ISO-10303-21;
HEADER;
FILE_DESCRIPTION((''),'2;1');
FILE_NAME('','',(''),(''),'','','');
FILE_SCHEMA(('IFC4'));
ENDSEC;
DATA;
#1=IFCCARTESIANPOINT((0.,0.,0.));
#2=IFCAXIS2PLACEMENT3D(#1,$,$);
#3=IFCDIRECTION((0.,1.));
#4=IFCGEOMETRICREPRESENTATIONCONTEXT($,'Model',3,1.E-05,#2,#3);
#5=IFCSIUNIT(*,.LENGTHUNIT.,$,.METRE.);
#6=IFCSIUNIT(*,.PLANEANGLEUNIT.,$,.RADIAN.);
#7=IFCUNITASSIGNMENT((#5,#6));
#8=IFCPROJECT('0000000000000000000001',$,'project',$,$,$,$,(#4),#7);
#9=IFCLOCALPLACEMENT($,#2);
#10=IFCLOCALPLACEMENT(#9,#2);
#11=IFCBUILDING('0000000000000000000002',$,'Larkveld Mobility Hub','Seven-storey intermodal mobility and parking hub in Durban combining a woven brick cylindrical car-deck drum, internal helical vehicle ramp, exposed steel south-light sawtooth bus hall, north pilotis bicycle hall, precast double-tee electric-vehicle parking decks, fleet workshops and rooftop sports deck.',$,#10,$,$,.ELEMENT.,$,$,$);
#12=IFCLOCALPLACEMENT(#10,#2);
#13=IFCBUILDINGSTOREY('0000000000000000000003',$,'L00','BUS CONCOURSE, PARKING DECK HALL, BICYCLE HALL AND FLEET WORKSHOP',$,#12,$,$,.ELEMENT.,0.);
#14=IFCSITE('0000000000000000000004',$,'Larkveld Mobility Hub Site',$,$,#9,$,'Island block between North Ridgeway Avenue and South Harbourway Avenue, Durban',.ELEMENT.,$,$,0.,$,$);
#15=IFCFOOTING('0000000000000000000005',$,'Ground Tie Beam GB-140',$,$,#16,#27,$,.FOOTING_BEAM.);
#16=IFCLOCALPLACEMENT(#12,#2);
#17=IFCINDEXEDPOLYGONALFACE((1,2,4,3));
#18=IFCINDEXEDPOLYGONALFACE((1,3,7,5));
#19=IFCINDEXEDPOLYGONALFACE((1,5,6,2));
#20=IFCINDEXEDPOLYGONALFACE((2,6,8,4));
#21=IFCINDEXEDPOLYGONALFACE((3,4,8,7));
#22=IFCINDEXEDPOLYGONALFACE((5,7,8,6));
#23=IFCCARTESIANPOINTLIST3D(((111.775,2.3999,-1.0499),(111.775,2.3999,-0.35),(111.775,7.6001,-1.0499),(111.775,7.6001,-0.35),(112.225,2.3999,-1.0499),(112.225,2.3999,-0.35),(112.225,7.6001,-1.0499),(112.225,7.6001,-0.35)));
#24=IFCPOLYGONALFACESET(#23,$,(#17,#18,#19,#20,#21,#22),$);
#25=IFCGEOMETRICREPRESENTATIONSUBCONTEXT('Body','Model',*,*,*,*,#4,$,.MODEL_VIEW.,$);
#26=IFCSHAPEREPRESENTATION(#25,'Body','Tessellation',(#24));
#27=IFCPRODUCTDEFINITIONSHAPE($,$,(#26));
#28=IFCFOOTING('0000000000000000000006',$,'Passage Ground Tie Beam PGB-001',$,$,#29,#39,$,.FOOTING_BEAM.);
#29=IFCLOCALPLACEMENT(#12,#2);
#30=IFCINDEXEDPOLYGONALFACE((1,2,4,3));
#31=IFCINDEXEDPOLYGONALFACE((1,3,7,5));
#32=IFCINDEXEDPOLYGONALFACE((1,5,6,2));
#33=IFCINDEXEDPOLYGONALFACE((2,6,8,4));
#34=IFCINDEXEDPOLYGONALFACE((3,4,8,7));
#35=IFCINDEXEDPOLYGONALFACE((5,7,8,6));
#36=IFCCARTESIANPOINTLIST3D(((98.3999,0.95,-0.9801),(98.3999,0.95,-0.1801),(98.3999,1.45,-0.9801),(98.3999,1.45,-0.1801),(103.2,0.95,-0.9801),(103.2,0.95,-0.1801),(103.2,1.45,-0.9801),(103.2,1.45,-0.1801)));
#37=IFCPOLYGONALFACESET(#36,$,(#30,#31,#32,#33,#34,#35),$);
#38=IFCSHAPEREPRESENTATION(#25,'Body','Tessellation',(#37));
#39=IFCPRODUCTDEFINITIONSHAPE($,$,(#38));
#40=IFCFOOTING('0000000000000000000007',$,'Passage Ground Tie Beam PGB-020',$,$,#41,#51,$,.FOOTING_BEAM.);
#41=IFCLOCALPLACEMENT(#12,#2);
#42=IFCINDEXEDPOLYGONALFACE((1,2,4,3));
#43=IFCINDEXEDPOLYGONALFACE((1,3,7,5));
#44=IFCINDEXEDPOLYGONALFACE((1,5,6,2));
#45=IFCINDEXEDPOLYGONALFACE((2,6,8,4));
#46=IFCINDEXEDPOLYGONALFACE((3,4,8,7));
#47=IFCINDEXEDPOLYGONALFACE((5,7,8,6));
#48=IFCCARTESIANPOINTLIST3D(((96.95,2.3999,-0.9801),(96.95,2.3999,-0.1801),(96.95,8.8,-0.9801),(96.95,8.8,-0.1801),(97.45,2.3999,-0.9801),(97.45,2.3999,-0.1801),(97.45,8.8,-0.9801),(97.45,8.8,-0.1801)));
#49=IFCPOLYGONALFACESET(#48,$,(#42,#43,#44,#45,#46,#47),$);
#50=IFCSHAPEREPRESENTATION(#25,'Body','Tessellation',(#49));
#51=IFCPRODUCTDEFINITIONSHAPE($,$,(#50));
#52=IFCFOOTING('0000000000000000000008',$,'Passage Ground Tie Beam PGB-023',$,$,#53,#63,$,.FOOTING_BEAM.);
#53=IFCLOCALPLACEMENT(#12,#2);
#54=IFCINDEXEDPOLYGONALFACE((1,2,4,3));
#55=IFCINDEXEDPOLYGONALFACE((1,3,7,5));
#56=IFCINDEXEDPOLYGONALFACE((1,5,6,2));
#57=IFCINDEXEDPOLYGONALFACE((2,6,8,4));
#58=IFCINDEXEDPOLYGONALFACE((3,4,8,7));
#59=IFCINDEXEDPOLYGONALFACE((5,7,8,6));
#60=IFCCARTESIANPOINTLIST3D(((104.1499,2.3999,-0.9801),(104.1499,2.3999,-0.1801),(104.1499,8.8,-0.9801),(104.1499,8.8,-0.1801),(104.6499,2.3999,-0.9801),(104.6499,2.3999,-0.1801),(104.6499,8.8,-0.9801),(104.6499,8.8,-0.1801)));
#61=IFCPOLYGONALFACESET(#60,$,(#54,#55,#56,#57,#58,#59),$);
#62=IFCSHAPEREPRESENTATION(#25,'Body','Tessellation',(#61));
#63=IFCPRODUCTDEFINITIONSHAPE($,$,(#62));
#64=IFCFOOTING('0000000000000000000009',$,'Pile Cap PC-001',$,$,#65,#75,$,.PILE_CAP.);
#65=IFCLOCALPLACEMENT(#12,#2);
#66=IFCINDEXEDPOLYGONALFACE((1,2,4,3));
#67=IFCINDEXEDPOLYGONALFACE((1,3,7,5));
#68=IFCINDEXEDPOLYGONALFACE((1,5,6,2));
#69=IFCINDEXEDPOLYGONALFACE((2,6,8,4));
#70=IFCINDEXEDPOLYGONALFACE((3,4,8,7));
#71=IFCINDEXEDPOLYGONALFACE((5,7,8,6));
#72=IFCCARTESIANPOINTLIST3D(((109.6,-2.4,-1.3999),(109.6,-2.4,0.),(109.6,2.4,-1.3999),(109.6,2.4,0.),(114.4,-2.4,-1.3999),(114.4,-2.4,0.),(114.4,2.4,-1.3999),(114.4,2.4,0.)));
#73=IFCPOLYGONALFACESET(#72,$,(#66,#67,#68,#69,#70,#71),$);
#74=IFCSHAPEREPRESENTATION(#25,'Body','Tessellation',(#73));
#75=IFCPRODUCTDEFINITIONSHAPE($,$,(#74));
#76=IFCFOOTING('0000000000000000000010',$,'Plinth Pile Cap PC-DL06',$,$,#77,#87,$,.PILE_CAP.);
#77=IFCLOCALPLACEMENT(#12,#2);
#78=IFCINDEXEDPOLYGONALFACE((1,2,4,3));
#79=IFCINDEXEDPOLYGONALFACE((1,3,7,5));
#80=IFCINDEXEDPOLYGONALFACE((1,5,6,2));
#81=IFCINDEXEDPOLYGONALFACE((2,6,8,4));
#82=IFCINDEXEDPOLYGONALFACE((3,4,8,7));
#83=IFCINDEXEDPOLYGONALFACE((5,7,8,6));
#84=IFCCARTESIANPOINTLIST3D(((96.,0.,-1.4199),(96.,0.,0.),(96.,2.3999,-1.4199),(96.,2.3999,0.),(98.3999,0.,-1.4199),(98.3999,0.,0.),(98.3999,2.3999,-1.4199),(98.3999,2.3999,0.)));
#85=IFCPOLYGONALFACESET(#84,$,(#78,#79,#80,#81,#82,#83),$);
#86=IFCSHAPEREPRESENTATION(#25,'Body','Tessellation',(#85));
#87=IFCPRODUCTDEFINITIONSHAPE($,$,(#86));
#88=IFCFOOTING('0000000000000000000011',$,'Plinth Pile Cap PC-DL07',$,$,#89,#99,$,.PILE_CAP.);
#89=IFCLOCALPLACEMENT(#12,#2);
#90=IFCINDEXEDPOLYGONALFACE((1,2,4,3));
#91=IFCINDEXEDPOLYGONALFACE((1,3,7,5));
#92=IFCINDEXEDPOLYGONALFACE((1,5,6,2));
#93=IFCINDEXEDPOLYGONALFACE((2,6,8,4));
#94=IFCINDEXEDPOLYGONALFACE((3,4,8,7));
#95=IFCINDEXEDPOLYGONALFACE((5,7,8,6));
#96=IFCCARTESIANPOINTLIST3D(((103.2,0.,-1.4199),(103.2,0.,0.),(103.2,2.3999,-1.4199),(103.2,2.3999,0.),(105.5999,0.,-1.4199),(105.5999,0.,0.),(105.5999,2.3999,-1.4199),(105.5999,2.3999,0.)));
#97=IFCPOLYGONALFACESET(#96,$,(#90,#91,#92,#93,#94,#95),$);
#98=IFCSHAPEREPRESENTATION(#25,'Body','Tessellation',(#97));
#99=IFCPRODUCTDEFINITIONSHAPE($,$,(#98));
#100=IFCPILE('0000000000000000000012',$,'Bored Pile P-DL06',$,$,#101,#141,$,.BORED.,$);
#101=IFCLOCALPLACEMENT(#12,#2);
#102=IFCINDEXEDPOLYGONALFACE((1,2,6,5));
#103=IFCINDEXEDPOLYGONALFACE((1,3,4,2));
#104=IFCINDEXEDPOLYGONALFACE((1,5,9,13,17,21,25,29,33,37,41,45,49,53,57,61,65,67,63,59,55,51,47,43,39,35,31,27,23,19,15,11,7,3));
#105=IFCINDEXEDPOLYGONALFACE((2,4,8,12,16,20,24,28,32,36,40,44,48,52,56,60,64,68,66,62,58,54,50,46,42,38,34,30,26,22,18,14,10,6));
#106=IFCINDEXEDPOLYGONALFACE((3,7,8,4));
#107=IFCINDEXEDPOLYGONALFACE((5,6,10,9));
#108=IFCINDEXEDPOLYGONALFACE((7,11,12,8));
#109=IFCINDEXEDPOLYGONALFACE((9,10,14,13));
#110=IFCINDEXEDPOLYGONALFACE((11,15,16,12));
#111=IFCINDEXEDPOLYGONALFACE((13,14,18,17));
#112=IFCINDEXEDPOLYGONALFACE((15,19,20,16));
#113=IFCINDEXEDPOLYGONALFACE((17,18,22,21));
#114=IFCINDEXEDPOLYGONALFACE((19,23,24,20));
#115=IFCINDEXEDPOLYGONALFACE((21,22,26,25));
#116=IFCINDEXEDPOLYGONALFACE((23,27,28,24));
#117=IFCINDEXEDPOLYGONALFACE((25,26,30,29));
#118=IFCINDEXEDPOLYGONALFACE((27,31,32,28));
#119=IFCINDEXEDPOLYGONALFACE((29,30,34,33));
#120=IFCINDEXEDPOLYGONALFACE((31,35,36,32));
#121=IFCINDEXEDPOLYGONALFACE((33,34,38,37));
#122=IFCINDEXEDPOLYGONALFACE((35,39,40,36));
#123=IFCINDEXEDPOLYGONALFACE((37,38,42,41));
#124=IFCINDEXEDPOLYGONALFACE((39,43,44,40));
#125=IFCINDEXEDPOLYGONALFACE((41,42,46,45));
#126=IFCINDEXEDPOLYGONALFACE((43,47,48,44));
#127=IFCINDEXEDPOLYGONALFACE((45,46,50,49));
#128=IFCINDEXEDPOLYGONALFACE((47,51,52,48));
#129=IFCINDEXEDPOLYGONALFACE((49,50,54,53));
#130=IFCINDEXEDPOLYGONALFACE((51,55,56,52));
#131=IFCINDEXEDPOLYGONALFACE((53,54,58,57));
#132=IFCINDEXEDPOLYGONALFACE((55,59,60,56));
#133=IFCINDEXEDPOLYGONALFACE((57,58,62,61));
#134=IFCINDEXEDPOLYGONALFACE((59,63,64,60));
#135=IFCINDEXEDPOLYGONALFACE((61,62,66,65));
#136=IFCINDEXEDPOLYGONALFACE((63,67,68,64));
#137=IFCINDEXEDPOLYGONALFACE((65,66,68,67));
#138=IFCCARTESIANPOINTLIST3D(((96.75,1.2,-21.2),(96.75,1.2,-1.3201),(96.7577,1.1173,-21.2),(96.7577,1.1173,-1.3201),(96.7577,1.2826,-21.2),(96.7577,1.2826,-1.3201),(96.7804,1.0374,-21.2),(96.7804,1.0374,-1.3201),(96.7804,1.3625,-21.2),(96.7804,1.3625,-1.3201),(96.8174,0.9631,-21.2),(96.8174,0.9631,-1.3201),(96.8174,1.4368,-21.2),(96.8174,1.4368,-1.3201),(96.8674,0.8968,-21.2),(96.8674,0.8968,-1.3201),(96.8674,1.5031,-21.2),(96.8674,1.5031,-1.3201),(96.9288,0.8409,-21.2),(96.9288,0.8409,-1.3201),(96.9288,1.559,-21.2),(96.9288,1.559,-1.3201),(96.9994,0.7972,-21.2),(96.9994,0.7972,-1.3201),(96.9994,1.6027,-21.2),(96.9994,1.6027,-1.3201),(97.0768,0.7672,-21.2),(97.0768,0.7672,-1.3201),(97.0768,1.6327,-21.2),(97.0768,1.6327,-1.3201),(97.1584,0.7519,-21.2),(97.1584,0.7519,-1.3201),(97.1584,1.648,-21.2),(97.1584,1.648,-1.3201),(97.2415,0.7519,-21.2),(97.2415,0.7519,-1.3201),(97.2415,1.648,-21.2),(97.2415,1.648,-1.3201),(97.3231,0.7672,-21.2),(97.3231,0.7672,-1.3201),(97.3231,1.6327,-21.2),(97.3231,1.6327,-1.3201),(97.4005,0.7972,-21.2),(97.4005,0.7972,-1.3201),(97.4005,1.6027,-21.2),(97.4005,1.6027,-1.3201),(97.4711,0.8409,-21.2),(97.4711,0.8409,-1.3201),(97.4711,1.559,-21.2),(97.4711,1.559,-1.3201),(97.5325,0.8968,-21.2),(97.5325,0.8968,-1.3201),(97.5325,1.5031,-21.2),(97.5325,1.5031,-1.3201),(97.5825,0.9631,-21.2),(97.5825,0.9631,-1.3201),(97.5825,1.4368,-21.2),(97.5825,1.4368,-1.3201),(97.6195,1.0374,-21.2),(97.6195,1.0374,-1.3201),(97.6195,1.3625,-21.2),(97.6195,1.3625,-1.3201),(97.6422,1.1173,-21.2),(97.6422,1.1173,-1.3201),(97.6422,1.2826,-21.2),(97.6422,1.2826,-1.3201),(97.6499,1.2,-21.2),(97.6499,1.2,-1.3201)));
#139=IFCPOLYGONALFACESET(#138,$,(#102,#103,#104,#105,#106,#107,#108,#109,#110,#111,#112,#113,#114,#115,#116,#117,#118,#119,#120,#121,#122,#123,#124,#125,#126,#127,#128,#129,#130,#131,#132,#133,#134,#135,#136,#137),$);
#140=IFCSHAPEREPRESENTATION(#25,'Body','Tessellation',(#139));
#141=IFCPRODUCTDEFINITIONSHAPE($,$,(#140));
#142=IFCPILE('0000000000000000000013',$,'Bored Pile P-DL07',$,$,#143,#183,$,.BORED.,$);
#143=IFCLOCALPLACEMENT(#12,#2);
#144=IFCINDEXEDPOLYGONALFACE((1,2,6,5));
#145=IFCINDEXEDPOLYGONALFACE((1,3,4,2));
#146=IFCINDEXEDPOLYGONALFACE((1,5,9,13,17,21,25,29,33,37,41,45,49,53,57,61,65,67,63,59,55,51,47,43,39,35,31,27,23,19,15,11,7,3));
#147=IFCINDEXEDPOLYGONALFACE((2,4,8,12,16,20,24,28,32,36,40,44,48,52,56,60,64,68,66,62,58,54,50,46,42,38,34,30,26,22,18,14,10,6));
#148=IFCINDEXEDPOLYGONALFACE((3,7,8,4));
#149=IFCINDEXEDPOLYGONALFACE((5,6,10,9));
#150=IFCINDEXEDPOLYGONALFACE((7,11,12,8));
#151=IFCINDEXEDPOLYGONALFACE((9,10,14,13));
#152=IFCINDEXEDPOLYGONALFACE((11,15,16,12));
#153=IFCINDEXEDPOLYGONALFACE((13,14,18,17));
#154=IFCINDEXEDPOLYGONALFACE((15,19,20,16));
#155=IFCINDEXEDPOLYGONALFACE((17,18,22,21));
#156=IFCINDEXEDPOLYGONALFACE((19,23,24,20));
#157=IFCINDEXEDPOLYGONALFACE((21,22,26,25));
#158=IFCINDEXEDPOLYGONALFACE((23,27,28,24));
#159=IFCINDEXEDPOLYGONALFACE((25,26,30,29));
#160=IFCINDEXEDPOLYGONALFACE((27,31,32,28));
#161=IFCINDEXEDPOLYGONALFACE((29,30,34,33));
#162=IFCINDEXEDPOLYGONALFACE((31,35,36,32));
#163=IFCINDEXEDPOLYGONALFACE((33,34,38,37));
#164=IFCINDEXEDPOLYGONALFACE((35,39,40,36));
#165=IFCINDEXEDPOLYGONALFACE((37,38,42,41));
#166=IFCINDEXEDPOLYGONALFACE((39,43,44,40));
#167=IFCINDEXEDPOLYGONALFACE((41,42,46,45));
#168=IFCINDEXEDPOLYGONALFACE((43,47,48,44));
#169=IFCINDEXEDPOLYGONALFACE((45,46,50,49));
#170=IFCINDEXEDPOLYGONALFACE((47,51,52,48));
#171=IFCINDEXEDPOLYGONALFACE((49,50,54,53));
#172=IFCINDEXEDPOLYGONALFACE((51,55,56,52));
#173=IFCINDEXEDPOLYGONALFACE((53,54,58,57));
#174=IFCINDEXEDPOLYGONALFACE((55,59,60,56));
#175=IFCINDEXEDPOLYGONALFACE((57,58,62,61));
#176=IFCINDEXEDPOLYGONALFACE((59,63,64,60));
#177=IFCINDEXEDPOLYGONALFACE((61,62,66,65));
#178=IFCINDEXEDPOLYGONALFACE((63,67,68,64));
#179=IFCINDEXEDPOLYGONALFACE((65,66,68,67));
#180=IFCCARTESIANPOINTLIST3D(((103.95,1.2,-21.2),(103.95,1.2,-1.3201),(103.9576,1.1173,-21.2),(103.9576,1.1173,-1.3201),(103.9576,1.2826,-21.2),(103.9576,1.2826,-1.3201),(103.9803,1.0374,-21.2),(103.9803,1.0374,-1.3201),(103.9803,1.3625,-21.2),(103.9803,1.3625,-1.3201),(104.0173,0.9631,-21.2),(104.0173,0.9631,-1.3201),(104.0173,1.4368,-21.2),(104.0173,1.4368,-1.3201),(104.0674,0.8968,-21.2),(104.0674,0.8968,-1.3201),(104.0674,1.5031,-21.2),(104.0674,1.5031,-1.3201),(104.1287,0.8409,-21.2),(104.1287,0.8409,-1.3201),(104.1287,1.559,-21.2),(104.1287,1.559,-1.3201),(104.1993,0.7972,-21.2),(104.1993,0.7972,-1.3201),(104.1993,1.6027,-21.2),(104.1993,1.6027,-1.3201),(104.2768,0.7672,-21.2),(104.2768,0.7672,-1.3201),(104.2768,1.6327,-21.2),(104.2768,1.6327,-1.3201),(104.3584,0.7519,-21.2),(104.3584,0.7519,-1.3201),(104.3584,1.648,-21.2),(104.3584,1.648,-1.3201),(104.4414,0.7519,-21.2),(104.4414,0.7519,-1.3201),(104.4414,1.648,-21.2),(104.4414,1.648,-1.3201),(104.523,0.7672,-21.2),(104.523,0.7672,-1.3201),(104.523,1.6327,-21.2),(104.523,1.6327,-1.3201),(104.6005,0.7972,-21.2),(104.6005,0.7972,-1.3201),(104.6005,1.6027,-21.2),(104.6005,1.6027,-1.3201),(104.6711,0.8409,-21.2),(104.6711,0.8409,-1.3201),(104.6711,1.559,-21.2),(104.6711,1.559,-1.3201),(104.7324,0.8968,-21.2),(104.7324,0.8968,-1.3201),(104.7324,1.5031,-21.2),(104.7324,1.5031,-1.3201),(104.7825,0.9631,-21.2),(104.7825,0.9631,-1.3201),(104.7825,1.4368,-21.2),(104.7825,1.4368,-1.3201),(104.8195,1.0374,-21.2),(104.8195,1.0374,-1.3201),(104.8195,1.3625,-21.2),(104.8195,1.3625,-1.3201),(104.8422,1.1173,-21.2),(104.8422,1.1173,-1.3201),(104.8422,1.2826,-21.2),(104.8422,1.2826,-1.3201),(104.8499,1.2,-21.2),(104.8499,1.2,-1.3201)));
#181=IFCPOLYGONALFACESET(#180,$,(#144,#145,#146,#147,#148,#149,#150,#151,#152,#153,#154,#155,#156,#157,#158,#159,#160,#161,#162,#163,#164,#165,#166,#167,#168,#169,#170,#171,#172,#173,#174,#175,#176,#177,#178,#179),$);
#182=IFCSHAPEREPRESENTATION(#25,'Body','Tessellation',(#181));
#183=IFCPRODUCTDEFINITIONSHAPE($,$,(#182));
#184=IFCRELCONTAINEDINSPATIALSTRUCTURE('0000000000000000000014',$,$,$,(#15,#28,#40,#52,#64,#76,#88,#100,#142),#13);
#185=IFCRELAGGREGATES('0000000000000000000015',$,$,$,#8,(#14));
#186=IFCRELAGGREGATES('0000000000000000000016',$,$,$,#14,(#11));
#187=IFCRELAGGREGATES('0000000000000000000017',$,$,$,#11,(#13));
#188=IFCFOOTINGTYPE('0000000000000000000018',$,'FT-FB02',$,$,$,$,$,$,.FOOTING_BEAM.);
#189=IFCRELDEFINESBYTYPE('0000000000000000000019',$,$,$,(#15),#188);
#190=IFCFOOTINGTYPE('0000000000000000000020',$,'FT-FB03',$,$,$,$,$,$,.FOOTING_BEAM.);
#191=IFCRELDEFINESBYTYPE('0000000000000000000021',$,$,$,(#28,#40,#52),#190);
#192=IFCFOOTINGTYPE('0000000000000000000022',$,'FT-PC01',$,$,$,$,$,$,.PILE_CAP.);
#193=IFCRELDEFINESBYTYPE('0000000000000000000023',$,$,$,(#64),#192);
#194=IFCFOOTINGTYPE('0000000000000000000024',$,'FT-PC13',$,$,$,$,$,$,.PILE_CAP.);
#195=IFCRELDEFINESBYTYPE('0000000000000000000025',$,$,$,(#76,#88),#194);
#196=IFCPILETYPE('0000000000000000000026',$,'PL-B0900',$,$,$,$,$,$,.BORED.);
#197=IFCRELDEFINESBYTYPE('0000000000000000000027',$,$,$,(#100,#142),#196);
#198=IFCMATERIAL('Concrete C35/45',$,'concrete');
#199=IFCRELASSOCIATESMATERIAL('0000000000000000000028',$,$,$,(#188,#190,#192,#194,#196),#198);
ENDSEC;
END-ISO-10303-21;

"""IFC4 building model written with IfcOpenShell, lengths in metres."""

from ifc_helpers import new_model, si_unit, direction, frame, origin, origin_2d, place, context, subcontext, project, spatial, rectangle, circle, extrude, material, material_profile, profile_set, type_object, element, save


model = new_model("IFC4")

# Units and contexts
model_context = context("Model", 3, precision=1e-05, world=origin(), true_north=direction((0.0, 1.0)))
body_context = subcontext(model_context, "Body", "Model", "MODEL_VIEW")
ifc_project = project(units=[si_unit("LENGTHUNIT", "METRE"), si_unit("PLANEANGLEUNIT", "RADIAN")], contexts=[model_context])

# Site, building, storey
site_placement = place(None, origin())
site = spatial("IfcSite", under=ifc_project, at=site_placement, Name="Larkveld Mobility Hub Site", LongName="Island block between North Ridgeway Avenue and South Harbourway Avenue, Durban", CompositionType="ELEMENT", RefElevation=0.0)
building_placement = place(site_placement, origin())
building = spatial("IfcBuilding", under=site, at=building_placement, Name="Larkveld Mobility Hub", Description="Seven-storey intermodal mobility and parking hub in Durban combining a woven brick cylindrical car-deck drum, internal helical vehicle ramp, exposed steel south-light sawtooth bus hall, north pilotis bicycle hall, precast double-tee electric-vehicle parking decks, fleet workshops and rooftop sports deck.", CompositionType="ELEMENT")
storey_placement = place(building_placement, origin())
storey = spatial("IfcBuildingStorey", under=building, at=storey_placement, Name="L00", Description="BUS CONCOURSE, PARKING DECK HALL, BICYCLE HALL AND FLEET WORKSHOP", CompositionType="ELEMENT", Elevation=0.0)

# Footings
ifc_material_1 = material(Name="Concrete C35/45", Category="concrete")
ifc_material_profile_1 = material_profile(ifc_material_1, rectangle(XDim=0.45, YDim=0.7, at=origin_2d()), Name="RC BM 450x700")
ifc_profile_set_1 = profile_set([ifc_material_profile_1], Name="Concrete C35/45")
footing_type_1 = type_object("IfcFootingType", Name="FT-FB02", PredefinedType="FOOTING_BEAM", material=ifc_profile_set_1)
footing_1_placement = place(storey_placement, frame((112.0, 2.3999, -0.7), z_axis=(0.0, 1.0, 0.0), x_axis=(-1.0, 0.0, 0.0)))
element("IfcFooting", 1, at=footing_1_placement, inside=storey, type_object=footing_type_1, Name="Ground Tie Beam GB-140", PredefinedType="FOOTING_BEAM", context=body_context, shape_type="SweptSolid", body=[
    extrude(rectangle(XDim=0.45, YDim=0.7, at=origin_2d()), origin(), (0.0, 0.0, 1.0), 5.2002),
])
ifc_material_profile_2 = material_profile(ifc_material_1, rectangle(XDim=0.5, YDim=0.8, at=origin_2d()), Name="RC BM 500x800")
ifc_profile_set_2 = profile_set([ifc_material_profile_2], Name="Concrete C35/45")
footing_type_2 = type_object("IfcFootingType", Name="FT-FB03", PredefinedType="FOOTING_BEAM", material=ifc_profile_set_2)
footing_2_placement = place(storey_placement, frame((98.3999, 1.2, -0.5801), z_axis=(1.0, 0.0, 0.0), x_axis=(0.0, 1.0, 0.0)))
element("IfcFooting", 2, at=footing_2_placement, inside=storey, type_object=footing_type_2, Name="Passage Ground Tie Beam PGB-001", PredefinedType="FOOTING_BEAM", context=body_context, shape_type="SweptSolid", body=[
    extrude(rectangle(XDim=0.5, YDim=0.8, at=origin_2d()), origin(), (0.0, 0.0, 1.0), 4.8),
])
for number, where, z_axis, x_axis, name in (
    (3, (97.2, 2.3999, -0.5801), (0.0, 1.0, 0.0), (-1.0, 0.0, 0.0), "Passage Ground Tie Beam PGB-020"),
    (4, (104.3999, 2.3999, -0.5801), (0.0, 1.0, 0.0), (-1.0, 0.0, 0.0), "Passage Ground Tie Beam PGB-023"),
):
    element("IfcFooting", number, at=place(storey_placement, frame(where, z_axis=z_axis, x_axis=x_axis)), inside=storey, type_object=footing_type_2, Name=name, PredefinedType="FOOTING_BEAM", context=body_context, shape_type="SweptSolid", body=[
        extrude(rectangle(XDim=0.5, YDim=0.8, at=origin_2d()), origin(), (0.0, 0.0, 1.0), 6.4001),
    ])
footing_type_3 = type_object("IfcFootingType", Name="FT-PC01", PredefinedType="PILE_CAP", material=ifc_material_1)
footing_3_placement = place(storey_placement, frame((112.0, 0.0, -1.3999), z_axis=(0.0, 0.0, 1.0), x_axis=(1.0, 0.0, 0.0)))
element("IfcFooting", 5, at=footing_3_placement, inside=storey, type_object=footing_type_3, Name="Pile Cap PC-001", PredefinedType="PILE_CAP", context=body_context, shape_type="SweptSolid", body=[
    extrude(rectangle(XDim=4.8, YDim=4.8, at=origin_2d()), origin(), (0.0, 0.0, 1.0), 1.3999),
])
footing_type_4 = type_object("IfcFootingType", Name="FT-PC13", PredefinedType="PILE_CAP", material=ifc_material_1)
for number, where, z_axis, x_axis, name in (
    (6, (97.2, 1.2, -1.4199), (0.0, 0.0, 1.0), (1.0, 0.0, 0.0), "Plinth Pile Cap PC-DL06"),
    (7, (104.3999, 1.2, -1.4199), (0.0, 0.0, 1.0), (1.0, 0.0, 0.0), "Plinth Pile Cap PC-DL07"),
):
    element("IfcFooting", number, at=place(storey_placement, frame(where, z_axis=z_axis, x_axis=x_axis)), inside=storey, type_object=footing_type_4, Name=name, PredefinedType="PILE_CAP", context=body_context, shape_type="SweptSolid", body=[
        extrude(rectangle(XDim=2.3999, YDim=2.3999, at=origin_2d()), origin(), (0.0, 0.0, 1.0), 1.4199),
    ])

# Piles
ifc_material_profile_3 = material_profile(ifc_material_1, circle(Radius=0.45, at=origin_2d()), Name="PILE D900")
ifc_profile_set_3 = profile_set([ifc_material_profile_3], Name="Concrete C35/45")
pile_type_1 = type_object("IfcPileType", Name="PL-B0900", PredefinedType="BORED", material=ifc_profile_set_3)
for number, where, z_axis, x_axis, name in (
    (8, (97.2, 1.2, -1.3201), (0.0, 0.0, -1.0), (1.0, 0.0, 0.0), "Bored Pile P-DL06"),
    (9, (104.3999, 1.2, -1.3201), (0.0, 0.0, -1.0), (1.0, 0.0, 0.0), "Bored Pile P-DL07"),
):
    element("IfcPile", number, at=place(storey_placement, frame(where, z_axis=z_axis, x_axis=x_axis)), inside=storey, type_object=pile_type_1, Name=name, PredefinedType="BORED", context=body_context, shape_type="SweptSolid", body=[
        extrude(circle(Radius=0.45, at=origin_2d()), origin(), (0.0, 0.0, 1.0), 19.8799),
    ])

save(model, "model.ifc")
